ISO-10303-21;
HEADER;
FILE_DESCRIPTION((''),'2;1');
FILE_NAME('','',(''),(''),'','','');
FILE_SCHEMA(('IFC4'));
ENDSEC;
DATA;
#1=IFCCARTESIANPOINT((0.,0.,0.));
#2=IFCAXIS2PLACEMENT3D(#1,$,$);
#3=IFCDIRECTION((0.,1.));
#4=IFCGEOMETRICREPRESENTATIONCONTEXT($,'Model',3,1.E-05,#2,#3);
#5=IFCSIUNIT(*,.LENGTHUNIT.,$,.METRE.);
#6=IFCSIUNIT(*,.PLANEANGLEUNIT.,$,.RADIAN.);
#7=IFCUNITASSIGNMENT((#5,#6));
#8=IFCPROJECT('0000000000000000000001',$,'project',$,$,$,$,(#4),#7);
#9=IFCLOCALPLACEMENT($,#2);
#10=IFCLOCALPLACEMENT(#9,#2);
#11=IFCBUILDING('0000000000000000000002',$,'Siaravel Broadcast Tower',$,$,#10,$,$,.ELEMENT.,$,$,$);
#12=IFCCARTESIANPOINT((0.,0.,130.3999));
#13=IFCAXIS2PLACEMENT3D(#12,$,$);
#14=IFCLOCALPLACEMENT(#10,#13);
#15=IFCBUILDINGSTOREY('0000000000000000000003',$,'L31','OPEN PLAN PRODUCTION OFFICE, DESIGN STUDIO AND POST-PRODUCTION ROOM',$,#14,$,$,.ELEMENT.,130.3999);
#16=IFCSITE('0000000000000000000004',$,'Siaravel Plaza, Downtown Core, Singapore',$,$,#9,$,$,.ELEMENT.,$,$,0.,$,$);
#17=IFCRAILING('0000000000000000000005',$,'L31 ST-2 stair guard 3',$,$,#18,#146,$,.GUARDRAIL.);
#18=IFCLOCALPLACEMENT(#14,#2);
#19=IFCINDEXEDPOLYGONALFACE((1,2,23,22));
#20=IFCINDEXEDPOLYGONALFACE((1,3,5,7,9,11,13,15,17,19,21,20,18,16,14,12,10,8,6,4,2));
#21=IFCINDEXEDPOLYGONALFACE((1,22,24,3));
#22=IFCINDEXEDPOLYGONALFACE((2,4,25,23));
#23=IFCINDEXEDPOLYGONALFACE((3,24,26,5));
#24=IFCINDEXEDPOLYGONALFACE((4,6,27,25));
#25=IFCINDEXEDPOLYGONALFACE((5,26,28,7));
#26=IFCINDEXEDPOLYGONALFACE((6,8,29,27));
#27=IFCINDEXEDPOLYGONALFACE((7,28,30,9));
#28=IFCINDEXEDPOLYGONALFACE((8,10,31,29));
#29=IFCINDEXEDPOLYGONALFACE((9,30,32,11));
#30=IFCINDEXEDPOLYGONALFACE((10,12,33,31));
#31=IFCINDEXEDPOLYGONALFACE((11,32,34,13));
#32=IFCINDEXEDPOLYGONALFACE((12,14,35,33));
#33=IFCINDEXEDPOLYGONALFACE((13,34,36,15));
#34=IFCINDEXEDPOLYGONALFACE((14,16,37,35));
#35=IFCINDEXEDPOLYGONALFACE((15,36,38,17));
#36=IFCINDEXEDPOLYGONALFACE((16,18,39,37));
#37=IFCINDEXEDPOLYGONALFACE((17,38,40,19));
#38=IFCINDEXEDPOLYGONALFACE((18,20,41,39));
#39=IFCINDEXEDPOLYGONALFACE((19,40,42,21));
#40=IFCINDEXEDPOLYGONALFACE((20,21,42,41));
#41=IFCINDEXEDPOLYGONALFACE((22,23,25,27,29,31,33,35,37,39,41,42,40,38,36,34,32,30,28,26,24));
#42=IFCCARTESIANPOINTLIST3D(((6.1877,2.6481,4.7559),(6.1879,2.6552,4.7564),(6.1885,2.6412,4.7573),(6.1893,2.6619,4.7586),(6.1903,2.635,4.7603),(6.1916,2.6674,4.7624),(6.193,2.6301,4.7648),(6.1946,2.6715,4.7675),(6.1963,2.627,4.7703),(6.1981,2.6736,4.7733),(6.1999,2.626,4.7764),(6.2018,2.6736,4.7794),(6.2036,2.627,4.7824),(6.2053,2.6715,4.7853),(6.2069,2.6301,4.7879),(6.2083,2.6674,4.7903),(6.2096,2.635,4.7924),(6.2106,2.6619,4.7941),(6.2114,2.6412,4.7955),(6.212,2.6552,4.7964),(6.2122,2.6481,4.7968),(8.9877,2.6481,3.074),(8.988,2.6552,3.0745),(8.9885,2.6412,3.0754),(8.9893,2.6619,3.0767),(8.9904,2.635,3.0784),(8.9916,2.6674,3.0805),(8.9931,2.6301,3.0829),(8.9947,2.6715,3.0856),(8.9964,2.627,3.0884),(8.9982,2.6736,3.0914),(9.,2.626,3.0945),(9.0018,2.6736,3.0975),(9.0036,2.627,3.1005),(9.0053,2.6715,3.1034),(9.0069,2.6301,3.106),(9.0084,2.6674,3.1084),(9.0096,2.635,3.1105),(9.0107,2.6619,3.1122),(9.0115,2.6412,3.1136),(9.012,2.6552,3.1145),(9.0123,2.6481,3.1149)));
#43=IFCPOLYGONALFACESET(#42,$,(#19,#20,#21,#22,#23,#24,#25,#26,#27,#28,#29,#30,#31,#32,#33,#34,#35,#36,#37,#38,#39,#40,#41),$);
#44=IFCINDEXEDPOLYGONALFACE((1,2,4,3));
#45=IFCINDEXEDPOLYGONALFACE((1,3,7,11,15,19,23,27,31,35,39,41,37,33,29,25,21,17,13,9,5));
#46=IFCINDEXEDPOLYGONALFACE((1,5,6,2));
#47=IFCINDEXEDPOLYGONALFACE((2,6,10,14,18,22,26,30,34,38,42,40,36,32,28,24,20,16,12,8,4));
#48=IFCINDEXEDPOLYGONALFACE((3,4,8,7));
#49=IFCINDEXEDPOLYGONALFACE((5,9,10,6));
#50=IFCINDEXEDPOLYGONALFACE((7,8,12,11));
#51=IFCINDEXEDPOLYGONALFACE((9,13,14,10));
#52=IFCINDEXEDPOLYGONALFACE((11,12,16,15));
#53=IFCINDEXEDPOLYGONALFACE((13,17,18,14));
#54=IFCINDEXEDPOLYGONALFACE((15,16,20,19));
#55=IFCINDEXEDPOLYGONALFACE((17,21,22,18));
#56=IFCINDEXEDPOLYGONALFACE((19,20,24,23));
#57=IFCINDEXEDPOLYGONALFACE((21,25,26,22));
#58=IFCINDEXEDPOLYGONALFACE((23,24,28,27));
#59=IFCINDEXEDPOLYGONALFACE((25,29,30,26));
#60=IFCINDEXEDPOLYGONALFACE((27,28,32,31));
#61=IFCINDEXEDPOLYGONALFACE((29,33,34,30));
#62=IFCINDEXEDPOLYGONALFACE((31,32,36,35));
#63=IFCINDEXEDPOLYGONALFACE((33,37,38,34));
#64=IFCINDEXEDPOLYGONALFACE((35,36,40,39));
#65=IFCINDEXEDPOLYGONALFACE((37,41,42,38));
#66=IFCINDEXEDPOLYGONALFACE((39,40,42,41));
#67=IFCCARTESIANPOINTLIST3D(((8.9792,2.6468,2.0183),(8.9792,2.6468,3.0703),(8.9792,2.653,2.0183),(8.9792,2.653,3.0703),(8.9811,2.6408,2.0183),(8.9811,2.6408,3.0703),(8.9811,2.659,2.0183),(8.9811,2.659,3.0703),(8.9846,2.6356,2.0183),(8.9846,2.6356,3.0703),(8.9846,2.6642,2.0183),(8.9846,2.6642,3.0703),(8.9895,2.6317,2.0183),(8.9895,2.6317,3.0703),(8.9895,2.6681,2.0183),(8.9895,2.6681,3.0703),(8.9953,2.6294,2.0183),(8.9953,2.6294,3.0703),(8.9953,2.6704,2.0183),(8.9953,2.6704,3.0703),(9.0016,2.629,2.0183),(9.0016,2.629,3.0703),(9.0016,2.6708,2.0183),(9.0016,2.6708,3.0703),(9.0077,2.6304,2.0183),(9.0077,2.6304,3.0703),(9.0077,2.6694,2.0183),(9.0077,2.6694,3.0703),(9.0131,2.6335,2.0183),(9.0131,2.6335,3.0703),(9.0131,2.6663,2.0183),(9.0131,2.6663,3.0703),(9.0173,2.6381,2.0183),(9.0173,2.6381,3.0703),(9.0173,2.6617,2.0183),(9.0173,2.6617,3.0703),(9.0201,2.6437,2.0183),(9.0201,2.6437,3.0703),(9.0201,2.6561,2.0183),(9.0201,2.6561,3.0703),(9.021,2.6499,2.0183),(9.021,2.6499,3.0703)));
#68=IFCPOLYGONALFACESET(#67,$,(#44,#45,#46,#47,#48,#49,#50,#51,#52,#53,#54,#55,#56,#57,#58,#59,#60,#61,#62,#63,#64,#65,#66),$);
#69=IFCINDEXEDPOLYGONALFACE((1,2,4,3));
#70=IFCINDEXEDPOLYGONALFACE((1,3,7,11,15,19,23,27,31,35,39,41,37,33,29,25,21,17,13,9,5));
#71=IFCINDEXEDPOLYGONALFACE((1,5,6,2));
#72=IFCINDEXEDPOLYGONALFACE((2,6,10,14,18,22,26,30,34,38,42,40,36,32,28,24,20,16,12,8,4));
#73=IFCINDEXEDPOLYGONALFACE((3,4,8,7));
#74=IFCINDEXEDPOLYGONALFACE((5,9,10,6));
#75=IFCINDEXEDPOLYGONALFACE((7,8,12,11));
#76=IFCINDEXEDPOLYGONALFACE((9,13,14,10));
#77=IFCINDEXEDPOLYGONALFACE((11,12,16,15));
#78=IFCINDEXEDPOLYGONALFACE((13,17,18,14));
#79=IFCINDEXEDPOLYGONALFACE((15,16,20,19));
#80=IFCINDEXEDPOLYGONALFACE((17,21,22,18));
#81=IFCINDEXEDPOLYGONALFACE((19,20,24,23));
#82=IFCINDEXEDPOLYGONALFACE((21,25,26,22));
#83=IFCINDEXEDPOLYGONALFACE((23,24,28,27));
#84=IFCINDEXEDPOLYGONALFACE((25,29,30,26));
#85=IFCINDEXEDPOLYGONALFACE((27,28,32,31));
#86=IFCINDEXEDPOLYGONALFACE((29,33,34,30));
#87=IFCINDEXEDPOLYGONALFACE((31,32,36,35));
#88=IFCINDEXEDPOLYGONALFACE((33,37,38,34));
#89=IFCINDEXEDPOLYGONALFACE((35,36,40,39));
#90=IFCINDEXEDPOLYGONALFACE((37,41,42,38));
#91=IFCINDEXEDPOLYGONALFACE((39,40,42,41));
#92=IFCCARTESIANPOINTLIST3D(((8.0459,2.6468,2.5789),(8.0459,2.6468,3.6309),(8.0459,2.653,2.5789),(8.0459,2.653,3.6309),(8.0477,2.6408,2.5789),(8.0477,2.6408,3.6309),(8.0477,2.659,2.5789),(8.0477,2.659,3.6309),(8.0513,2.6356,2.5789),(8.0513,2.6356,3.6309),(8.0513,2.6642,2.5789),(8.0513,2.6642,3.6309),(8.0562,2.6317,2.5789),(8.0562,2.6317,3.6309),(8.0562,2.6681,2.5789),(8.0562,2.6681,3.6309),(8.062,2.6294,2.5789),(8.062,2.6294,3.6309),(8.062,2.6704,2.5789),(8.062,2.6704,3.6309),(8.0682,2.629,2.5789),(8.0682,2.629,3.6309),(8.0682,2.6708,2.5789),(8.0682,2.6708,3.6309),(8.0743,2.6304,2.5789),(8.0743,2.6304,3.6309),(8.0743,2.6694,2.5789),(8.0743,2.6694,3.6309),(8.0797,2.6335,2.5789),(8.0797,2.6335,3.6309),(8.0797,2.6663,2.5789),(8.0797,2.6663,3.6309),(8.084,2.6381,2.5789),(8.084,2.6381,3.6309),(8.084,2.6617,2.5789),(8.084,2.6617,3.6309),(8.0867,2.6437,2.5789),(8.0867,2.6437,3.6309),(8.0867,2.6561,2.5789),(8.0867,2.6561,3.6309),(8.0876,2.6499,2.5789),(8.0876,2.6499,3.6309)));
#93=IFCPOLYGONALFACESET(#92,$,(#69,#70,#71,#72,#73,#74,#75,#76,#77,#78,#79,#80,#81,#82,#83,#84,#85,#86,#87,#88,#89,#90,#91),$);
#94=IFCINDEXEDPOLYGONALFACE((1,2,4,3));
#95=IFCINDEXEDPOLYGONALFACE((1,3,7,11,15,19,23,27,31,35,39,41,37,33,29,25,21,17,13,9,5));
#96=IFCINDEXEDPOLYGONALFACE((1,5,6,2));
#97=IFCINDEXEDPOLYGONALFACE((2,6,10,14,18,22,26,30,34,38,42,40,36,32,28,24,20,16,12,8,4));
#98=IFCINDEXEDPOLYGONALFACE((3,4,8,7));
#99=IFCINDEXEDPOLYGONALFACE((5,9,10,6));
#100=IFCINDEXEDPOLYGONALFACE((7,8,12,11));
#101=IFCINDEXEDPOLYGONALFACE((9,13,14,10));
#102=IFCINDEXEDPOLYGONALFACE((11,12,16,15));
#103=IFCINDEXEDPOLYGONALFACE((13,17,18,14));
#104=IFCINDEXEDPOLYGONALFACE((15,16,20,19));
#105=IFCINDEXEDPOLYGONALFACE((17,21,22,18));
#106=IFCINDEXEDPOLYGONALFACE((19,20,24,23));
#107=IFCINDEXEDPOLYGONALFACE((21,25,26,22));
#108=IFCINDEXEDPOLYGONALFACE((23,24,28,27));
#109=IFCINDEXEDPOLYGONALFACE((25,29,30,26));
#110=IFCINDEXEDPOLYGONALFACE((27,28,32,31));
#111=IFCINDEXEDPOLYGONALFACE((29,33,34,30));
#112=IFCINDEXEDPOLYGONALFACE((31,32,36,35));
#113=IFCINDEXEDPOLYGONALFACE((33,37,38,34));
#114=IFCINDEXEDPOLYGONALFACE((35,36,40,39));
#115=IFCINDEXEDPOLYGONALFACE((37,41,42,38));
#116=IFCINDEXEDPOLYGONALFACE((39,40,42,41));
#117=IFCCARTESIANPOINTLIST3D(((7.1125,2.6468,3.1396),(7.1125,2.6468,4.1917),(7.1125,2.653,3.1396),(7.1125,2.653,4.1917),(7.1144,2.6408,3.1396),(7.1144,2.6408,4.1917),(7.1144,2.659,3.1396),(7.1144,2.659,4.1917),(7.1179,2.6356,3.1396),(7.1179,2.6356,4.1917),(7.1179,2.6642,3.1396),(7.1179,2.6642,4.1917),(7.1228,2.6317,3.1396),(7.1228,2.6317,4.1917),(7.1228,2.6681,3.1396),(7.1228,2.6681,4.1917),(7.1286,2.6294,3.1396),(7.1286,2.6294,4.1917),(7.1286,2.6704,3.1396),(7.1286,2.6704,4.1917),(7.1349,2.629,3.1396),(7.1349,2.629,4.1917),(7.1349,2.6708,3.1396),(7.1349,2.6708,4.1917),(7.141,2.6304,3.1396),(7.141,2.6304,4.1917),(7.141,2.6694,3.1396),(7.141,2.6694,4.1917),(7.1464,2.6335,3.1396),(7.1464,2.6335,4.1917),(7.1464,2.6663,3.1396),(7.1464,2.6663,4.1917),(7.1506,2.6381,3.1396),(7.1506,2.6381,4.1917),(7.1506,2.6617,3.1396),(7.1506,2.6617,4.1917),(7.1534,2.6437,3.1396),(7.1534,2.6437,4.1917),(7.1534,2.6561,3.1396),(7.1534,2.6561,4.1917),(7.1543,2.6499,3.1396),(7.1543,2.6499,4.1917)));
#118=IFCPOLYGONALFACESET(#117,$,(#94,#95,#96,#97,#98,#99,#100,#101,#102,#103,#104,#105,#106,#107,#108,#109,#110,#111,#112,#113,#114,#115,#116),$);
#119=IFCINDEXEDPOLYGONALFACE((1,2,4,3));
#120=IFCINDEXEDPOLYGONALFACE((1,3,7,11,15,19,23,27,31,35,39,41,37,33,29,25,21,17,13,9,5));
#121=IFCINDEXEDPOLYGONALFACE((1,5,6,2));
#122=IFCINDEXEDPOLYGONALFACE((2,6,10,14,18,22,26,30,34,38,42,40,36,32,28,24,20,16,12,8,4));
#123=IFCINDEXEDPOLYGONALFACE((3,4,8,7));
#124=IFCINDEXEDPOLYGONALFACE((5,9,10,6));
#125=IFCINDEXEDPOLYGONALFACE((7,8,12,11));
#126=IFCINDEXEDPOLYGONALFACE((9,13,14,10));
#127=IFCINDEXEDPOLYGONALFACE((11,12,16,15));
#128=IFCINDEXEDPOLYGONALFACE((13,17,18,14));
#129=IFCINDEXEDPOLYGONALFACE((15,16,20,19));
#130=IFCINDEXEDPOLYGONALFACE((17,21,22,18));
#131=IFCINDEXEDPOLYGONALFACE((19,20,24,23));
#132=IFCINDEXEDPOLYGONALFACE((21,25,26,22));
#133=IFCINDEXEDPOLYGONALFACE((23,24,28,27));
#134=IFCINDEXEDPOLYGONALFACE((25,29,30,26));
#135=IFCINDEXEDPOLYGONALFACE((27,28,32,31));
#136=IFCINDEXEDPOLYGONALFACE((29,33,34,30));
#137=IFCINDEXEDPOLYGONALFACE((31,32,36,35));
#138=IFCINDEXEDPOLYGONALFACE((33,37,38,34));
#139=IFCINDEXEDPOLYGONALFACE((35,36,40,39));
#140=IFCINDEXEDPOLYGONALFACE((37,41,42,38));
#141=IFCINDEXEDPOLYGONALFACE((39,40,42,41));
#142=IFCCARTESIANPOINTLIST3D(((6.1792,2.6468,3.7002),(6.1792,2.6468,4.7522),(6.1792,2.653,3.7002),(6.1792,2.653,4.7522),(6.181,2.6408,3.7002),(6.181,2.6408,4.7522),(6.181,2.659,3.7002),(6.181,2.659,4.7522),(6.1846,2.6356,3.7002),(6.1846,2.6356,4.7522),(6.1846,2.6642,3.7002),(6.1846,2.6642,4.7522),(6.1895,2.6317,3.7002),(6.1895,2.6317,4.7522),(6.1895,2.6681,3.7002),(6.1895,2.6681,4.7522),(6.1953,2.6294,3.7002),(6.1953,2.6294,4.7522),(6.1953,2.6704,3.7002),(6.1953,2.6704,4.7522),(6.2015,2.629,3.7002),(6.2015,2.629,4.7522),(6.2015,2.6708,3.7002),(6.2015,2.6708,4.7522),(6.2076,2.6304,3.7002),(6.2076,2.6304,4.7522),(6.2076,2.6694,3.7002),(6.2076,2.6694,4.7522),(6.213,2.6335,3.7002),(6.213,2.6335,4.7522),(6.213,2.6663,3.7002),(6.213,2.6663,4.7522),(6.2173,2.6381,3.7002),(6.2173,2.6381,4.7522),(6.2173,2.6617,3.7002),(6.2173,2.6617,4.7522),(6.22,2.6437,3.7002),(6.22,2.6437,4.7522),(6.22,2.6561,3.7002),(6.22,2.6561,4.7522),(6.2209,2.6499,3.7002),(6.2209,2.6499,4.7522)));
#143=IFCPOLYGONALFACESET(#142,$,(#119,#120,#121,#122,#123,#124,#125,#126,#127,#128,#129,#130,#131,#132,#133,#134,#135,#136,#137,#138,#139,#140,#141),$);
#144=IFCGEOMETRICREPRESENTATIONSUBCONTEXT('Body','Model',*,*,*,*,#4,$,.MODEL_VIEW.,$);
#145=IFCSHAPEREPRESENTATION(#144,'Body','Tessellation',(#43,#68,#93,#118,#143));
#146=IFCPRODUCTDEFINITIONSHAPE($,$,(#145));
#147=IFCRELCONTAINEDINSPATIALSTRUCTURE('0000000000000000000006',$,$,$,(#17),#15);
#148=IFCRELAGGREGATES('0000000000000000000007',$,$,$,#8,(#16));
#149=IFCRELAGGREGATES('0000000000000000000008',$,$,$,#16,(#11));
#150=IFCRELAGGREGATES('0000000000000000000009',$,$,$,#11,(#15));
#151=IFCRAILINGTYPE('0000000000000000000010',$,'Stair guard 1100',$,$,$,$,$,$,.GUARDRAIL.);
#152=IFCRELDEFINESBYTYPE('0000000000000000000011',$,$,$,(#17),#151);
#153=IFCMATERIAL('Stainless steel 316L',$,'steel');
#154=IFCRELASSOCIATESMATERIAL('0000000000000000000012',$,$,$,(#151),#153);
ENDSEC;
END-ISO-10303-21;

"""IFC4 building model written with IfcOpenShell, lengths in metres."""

from ifc_helpers import new_model, si_unit, direction, frame, origin, origin_2d, place, context, subcontext, project, spatial, circle, extrude, material, type_object, element, save


model = new_model("IFC4")

# Units and contexts
model_context = context("Model", 3, precision=1e-05, world=origin(), true_north=direction((0.0, 1.0)))
body_context = subcontext(model_context, "Body", "Model", "MODEL_VIEW")
ifc_project = project(units=[si_unit("LENGTHUNIT", "METRE"), si_unit("PLANEANGLEUNIT", "RADIAN")], contexts=[model_context])

# Site, building, storey
site_placement = place(None, origin())
site = spatial("IfcSite", under=ifc_project, at=site_placement, Name="Siaravel Plaza, Downtown Core, Singapore", CompositionType="ELEMENT", RefElevation=0.0)
building_placement = place(site_placement, origin())
building = spatial("IfcBuilding", under=site, at=building_placement, Name="Siaravel Broadcast Tower", CompositionType="ELEMENT")
storey_placement = place(building_placement, frame((0.0, 0.0, 130.3999)))
storey = spatial("IfcBuildingStorey", under=building, at=storey_placement, Name="L31", Description="OPEN PLAN PRODUCTION OFFICE, DESIGN STUDIO AND POST-PRODUCTION ROOM", CompositionType="ELEMENT", Elevation=130.3999)

# Railing
ifc_material_1 = material(Name="Stainless steel 316L", Category="steel")
railing_type_1 = type_object("IfcRailingType", Name="Stair guard 1100", PredefinedType="GUARDRAIL", material=ifc_material_1)
railing_1_placement = place(storey_placement, frame((9.0, 2.6499, 2.0183)))
element("IfcRailing", 1, at=railing_1_placement, inside=storey, type_object=railing_type_1, Name="L31 ST-2 stair guard 3", PredefinedType="GUARDRAIL", context=body_context, shape_type="SweptSolid", body=[
    extrude(circle(Radius=0.0239, at=origin_2d()), frame((0.0, 0.0, 1.0762), z_axis=(-0.857242, 0.0, 0.514913), x_axis=(0.0, -1.0, 0.0)), (0.0, 0.0, 1.0), 3.2664),
    extrude(circle(Radius=0.021, at=origin_2d()), origin(), (0.0, 0.0, 1.0), 1.052),
    extrude(circle(Radius=0.021, at=origin_2d()), frame((-0.9333, 0.0, 0.5605)), (0.0, 0.0, 1.0), 1.052),
    extrude(circle(Radius=0.021, at=origin_2d()), frame((-1.8667, 0.0, 1.1213)), (0.0, 0.0, 1.0), 1.052),
    extrude(circle(Radius=0.021, at=origin_2d()), frame((-2.8, 0.0, 1.6819)), (0.0, 0.0, 1.0), 1.052),
])

save(model, "model.ifc")
